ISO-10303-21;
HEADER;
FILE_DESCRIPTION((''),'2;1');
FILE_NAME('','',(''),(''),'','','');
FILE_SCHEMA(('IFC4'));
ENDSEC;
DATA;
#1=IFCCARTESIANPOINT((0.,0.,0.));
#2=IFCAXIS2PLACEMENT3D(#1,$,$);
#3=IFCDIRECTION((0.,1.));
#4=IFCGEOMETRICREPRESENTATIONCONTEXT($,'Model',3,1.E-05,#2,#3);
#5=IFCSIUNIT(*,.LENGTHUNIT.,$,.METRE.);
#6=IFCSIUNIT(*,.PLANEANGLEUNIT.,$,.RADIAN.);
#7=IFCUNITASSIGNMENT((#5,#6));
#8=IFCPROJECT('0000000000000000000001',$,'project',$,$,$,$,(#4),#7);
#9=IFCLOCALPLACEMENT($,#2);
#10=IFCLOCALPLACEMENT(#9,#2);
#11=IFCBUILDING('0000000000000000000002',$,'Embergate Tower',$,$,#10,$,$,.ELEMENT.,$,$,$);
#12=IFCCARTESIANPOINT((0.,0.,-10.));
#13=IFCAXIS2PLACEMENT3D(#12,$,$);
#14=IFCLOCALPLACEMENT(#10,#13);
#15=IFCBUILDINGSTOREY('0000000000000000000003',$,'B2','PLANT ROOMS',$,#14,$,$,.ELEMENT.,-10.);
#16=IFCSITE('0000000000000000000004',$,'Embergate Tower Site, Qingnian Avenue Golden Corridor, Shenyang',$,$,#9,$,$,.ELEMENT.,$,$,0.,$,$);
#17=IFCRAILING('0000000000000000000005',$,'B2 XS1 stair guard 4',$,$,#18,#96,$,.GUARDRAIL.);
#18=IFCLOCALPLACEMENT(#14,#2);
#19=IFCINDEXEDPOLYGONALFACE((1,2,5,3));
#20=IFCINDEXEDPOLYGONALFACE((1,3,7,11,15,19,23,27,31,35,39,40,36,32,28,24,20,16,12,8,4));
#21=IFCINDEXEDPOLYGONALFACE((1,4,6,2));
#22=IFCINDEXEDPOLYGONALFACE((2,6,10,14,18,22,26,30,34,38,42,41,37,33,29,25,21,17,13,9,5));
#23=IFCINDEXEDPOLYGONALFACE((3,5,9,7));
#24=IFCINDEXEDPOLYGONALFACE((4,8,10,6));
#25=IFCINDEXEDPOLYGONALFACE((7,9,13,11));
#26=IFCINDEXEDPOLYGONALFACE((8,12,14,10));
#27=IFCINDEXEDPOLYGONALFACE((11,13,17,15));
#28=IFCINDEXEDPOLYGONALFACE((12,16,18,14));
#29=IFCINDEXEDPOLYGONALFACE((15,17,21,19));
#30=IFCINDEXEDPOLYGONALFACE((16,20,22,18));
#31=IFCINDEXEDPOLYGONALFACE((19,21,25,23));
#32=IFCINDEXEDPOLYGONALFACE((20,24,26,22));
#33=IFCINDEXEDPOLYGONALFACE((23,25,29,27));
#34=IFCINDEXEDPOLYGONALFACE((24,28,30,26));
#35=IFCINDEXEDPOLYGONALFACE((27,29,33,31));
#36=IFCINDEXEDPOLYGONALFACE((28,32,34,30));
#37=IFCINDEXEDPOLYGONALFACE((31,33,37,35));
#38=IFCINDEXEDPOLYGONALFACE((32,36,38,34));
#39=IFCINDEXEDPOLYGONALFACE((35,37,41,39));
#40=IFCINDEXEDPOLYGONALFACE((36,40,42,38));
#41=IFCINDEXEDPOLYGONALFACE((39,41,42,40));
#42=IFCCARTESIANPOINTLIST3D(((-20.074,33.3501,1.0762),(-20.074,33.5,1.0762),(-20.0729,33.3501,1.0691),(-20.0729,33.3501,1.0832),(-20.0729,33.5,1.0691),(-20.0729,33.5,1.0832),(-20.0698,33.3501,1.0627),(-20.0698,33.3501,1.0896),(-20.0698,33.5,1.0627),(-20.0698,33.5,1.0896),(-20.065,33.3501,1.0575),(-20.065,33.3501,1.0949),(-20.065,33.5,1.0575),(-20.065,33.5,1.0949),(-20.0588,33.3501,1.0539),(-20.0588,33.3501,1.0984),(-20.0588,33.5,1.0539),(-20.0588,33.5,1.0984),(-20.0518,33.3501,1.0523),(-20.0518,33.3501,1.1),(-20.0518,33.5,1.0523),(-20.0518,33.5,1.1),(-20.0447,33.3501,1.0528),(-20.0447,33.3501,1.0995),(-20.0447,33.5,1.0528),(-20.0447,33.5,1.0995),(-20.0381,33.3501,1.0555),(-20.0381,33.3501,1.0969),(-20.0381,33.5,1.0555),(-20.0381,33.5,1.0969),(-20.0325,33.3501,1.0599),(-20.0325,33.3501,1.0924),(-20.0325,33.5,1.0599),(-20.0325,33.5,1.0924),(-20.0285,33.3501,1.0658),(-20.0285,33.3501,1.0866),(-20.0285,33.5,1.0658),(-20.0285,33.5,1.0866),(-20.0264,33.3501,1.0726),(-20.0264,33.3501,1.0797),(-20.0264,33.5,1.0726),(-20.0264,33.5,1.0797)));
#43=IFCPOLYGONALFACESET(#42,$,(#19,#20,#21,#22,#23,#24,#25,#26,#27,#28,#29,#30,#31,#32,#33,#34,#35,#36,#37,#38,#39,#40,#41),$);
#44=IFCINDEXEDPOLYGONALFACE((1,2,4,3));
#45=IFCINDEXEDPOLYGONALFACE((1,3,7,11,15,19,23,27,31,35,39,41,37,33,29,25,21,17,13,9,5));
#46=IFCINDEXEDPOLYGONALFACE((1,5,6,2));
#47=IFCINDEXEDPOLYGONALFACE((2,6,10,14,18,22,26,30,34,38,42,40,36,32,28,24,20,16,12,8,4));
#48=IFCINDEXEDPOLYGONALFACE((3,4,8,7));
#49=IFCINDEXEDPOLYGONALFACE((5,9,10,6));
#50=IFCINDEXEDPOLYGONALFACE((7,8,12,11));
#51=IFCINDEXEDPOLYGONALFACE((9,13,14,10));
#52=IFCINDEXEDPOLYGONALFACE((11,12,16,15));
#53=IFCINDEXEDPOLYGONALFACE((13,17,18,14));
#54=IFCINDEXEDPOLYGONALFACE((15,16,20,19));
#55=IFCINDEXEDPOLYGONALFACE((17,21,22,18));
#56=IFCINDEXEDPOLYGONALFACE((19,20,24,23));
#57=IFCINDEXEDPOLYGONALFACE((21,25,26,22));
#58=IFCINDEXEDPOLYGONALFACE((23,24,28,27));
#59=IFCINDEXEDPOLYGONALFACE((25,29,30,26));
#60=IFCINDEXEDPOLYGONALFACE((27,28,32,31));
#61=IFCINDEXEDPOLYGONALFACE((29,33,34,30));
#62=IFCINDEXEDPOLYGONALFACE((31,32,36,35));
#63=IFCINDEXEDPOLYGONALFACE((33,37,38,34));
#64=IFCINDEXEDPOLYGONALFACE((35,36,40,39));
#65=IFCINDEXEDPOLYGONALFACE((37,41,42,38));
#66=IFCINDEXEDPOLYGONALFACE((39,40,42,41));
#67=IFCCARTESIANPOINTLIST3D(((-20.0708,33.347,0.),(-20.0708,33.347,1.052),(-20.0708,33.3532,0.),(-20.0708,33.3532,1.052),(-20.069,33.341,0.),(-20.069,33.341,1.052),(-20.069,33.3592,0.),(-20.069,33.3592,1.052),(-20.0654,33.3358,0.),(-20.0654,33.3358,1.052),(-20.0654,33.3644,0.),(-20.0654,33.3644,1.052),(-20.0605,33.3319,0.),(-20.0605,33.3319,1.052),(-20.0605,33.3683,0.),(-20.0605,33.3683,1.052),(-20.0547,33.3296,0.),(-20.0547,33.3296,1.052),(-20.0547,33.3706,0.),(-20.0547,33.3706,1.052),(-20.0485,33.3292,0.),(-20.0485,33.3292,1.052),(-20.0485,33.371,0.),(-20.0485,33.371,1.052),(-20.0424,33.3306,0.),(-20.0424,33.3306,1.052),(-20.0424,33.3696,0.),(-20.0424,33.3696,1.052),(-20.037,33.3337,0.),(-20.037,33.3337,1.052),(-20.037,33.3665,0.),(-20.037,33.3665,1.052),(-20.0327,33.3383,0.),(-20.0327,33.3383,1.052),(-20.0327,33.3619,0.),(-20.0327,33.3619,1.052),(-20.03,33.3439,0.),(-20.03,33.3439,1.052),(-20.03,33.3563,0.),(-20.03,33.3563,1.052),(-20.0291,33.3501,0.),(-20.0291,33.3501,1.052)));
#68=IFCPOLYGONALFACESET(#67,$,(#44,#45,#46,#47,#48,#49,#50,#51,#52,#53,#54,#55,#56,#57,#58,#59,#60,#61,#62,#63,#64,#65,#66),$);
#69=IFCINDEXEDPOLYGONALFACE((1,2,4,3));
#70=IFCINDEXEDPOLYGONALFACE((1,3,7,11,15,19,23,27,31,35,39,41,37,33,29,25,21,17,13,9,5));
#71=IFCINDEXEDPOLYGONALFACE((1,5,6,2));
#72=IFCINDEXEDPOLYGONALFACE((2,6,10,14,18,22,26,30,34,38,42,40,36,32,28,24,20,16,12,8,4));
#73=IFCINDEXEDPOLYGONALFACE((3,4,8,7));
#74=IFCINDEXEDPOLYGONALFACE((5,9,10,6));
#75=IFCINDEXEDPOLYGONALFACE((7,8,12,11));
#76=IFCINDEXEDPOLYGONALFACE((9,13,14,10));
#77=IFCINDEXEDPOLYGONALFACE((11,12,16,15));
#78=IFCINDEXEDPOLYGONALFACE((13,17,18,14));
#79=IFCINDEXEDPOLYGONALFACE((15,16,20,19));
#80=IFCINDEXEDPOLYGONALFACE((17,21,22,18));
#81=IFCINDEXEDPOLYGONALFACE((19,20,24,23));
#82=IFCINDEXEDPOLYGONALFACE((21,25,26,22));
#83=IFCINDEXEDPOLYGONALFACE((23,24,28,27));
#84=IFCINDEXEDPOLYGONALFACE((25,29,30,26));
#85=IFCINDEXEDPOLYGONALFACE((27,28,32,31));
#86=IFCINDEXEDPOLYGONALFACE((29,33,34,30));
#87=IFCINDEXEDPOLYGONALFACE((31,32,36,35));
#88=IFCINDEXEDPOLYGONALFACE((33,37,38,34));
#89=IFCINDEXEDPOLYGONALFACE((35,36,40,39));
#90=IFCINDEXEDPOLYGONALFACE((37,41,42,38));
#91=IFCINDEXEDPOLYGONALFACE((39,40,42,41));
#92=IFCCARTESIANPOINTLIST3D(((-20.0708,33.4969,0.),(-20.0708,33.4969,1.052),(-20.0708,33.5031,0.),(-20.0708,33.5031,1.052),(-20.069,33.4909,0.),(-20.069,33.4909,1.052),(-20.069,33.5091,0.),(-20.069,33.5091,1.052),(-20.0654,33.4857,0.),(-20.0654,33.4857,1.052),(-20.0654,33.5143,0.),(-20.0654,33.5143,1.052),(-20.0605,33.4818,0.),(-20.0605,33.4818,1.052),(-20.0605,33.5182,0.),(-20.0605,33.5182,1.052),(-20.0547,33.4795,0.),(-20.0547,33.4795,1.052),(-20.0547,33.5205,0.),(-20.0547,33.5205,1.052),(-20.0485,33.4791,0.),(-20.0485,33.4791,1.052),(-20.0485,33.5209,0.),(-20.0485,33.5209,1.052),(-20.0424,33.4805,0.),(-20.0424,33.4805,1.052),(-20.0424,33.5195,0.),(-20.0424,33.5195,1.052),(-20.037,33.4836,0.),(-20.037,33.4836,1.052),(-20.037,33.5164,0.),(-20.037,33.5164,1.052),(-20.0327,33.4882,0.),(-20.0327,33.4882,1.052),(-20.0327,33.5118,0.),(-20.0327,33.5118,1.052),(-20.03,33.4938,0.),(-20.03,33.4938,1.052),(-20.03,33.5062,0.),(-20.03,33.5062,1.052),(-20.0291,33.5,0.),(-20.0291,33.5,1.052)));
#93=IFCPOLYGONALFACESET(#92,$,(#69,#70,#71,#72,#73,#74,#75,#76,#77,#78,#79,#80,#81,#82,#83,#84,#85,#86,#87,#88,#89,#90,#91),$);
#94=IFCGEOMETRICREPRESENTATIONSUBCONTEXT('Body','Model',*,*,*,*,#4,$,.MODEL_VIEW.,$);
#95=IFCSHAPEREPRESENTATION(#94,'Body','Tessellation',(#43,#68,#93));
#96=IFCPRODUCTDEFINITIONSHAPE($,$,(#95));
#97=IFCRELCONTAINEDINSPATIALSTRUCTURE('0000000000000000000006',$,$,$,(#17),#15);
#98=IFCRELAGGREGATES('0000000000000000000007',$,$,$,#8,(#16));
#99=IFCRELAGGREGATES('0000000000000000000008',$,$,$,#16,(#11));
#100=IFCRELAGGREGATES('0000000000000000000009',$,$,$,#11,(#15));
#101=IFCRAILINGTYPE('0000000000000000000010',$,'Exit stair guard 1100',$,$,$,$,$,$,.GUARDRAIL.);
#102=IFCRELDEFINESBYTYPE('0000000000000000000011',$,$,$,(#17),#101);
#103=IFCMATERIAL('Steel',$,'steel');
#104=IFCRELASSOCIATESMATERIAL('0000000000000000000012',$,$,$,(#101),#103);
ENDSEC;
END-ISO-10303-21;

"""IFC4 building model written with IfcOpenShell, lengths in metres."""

from ifc_helpers import new_model, si_unit, direction, frame, origin, origin_2d, place, context, subcontext, project, spatial, circle, extrude, source, transform, mapped, material, type_object, element, save


model = new_model("IFC4")

# Units and contexts
model_context = context("Model", 3, precision=1e-05, world=origin(), true_north=direction((0.0, 1.0)))
body_context = subcontext(model_context, "Body", "Model", "MODEL_VIEW")
ifc_project = project(units=[si_unit("LENGTHUNIT", "METRE"), si_unit("PLANEANGLEUNIT", "RADIAN")], contexts=[model_context])

# Site, building, storey
site_placement = place(None, origin())
site = spatial("IfcSite", under=ifc_project, at=site_placement, Name="Embergate Tower Site, Qingnian Avenue Golden Corridor, Shenyang", CompositionType="ELEMENT", RefElevation=0.0)
building_placement = place(site_placement, origin())
building = spatial("IfcBuilding", under=site, at=building_placement, Name="Embergate Tower", CompositionType="ELEMENT")
storey_placement = place(building_placement, frame((0.0, 0.0, -10.0)))
storey = spatial("IfcBuildingStorey", under=building, at=storey_placement, Name="B2", Description="PLANT ROOMS", CompositionType="ELEMENT", Elevation=-10.0)

# Railing
ifc_material_1 = material(Name="Steel", Category="steel")
railing_type_1 = type_object("IfcRailingType", Name="Exit stair guard 1100", PredefinedType="GUARDRAIL", material=ifc_material_1)
shared_shape_1 = source(origin(), body_context, "Body", "SweptSolid", [
    extrude(circle(Radius=0.0239, at=origin_2d()), frame((0.0, 0.0, 1.0762), z_axis=(0.0, 1.0, 0.0), x_axis=(-1.0, 0.0, 0.0)), (0.0, 0.0, 1.0), 0.1499),
    extrude(circle(Radius=0.021, at=origin_2d()), origin(), (0.0, 0.0, 1.0), 1.052),
    extrude(circle(Radius=0.021, at=origin_2d()), frame((0.0, 0.1499, 0.0)), (0.0, 0.0, 1.0), 1.052),
])
for number, where, name in (
    (1, (-20.05, 33.3501, 0.0), "B2 XS1 stair guard 4"),
):
    element("IfcRailing", number, at=place(storey_placement, frame(where)), inside=storey, type_object=railing_type_1, Name=name, PredefinedType="GUARDRAIL", context=body_context, shape_type="MappedRepresentation", body=[
        mapped(shared_shape_1, transform((0.0, 0.0, 0.0))),
    ])

save(model, "model.ifc")
